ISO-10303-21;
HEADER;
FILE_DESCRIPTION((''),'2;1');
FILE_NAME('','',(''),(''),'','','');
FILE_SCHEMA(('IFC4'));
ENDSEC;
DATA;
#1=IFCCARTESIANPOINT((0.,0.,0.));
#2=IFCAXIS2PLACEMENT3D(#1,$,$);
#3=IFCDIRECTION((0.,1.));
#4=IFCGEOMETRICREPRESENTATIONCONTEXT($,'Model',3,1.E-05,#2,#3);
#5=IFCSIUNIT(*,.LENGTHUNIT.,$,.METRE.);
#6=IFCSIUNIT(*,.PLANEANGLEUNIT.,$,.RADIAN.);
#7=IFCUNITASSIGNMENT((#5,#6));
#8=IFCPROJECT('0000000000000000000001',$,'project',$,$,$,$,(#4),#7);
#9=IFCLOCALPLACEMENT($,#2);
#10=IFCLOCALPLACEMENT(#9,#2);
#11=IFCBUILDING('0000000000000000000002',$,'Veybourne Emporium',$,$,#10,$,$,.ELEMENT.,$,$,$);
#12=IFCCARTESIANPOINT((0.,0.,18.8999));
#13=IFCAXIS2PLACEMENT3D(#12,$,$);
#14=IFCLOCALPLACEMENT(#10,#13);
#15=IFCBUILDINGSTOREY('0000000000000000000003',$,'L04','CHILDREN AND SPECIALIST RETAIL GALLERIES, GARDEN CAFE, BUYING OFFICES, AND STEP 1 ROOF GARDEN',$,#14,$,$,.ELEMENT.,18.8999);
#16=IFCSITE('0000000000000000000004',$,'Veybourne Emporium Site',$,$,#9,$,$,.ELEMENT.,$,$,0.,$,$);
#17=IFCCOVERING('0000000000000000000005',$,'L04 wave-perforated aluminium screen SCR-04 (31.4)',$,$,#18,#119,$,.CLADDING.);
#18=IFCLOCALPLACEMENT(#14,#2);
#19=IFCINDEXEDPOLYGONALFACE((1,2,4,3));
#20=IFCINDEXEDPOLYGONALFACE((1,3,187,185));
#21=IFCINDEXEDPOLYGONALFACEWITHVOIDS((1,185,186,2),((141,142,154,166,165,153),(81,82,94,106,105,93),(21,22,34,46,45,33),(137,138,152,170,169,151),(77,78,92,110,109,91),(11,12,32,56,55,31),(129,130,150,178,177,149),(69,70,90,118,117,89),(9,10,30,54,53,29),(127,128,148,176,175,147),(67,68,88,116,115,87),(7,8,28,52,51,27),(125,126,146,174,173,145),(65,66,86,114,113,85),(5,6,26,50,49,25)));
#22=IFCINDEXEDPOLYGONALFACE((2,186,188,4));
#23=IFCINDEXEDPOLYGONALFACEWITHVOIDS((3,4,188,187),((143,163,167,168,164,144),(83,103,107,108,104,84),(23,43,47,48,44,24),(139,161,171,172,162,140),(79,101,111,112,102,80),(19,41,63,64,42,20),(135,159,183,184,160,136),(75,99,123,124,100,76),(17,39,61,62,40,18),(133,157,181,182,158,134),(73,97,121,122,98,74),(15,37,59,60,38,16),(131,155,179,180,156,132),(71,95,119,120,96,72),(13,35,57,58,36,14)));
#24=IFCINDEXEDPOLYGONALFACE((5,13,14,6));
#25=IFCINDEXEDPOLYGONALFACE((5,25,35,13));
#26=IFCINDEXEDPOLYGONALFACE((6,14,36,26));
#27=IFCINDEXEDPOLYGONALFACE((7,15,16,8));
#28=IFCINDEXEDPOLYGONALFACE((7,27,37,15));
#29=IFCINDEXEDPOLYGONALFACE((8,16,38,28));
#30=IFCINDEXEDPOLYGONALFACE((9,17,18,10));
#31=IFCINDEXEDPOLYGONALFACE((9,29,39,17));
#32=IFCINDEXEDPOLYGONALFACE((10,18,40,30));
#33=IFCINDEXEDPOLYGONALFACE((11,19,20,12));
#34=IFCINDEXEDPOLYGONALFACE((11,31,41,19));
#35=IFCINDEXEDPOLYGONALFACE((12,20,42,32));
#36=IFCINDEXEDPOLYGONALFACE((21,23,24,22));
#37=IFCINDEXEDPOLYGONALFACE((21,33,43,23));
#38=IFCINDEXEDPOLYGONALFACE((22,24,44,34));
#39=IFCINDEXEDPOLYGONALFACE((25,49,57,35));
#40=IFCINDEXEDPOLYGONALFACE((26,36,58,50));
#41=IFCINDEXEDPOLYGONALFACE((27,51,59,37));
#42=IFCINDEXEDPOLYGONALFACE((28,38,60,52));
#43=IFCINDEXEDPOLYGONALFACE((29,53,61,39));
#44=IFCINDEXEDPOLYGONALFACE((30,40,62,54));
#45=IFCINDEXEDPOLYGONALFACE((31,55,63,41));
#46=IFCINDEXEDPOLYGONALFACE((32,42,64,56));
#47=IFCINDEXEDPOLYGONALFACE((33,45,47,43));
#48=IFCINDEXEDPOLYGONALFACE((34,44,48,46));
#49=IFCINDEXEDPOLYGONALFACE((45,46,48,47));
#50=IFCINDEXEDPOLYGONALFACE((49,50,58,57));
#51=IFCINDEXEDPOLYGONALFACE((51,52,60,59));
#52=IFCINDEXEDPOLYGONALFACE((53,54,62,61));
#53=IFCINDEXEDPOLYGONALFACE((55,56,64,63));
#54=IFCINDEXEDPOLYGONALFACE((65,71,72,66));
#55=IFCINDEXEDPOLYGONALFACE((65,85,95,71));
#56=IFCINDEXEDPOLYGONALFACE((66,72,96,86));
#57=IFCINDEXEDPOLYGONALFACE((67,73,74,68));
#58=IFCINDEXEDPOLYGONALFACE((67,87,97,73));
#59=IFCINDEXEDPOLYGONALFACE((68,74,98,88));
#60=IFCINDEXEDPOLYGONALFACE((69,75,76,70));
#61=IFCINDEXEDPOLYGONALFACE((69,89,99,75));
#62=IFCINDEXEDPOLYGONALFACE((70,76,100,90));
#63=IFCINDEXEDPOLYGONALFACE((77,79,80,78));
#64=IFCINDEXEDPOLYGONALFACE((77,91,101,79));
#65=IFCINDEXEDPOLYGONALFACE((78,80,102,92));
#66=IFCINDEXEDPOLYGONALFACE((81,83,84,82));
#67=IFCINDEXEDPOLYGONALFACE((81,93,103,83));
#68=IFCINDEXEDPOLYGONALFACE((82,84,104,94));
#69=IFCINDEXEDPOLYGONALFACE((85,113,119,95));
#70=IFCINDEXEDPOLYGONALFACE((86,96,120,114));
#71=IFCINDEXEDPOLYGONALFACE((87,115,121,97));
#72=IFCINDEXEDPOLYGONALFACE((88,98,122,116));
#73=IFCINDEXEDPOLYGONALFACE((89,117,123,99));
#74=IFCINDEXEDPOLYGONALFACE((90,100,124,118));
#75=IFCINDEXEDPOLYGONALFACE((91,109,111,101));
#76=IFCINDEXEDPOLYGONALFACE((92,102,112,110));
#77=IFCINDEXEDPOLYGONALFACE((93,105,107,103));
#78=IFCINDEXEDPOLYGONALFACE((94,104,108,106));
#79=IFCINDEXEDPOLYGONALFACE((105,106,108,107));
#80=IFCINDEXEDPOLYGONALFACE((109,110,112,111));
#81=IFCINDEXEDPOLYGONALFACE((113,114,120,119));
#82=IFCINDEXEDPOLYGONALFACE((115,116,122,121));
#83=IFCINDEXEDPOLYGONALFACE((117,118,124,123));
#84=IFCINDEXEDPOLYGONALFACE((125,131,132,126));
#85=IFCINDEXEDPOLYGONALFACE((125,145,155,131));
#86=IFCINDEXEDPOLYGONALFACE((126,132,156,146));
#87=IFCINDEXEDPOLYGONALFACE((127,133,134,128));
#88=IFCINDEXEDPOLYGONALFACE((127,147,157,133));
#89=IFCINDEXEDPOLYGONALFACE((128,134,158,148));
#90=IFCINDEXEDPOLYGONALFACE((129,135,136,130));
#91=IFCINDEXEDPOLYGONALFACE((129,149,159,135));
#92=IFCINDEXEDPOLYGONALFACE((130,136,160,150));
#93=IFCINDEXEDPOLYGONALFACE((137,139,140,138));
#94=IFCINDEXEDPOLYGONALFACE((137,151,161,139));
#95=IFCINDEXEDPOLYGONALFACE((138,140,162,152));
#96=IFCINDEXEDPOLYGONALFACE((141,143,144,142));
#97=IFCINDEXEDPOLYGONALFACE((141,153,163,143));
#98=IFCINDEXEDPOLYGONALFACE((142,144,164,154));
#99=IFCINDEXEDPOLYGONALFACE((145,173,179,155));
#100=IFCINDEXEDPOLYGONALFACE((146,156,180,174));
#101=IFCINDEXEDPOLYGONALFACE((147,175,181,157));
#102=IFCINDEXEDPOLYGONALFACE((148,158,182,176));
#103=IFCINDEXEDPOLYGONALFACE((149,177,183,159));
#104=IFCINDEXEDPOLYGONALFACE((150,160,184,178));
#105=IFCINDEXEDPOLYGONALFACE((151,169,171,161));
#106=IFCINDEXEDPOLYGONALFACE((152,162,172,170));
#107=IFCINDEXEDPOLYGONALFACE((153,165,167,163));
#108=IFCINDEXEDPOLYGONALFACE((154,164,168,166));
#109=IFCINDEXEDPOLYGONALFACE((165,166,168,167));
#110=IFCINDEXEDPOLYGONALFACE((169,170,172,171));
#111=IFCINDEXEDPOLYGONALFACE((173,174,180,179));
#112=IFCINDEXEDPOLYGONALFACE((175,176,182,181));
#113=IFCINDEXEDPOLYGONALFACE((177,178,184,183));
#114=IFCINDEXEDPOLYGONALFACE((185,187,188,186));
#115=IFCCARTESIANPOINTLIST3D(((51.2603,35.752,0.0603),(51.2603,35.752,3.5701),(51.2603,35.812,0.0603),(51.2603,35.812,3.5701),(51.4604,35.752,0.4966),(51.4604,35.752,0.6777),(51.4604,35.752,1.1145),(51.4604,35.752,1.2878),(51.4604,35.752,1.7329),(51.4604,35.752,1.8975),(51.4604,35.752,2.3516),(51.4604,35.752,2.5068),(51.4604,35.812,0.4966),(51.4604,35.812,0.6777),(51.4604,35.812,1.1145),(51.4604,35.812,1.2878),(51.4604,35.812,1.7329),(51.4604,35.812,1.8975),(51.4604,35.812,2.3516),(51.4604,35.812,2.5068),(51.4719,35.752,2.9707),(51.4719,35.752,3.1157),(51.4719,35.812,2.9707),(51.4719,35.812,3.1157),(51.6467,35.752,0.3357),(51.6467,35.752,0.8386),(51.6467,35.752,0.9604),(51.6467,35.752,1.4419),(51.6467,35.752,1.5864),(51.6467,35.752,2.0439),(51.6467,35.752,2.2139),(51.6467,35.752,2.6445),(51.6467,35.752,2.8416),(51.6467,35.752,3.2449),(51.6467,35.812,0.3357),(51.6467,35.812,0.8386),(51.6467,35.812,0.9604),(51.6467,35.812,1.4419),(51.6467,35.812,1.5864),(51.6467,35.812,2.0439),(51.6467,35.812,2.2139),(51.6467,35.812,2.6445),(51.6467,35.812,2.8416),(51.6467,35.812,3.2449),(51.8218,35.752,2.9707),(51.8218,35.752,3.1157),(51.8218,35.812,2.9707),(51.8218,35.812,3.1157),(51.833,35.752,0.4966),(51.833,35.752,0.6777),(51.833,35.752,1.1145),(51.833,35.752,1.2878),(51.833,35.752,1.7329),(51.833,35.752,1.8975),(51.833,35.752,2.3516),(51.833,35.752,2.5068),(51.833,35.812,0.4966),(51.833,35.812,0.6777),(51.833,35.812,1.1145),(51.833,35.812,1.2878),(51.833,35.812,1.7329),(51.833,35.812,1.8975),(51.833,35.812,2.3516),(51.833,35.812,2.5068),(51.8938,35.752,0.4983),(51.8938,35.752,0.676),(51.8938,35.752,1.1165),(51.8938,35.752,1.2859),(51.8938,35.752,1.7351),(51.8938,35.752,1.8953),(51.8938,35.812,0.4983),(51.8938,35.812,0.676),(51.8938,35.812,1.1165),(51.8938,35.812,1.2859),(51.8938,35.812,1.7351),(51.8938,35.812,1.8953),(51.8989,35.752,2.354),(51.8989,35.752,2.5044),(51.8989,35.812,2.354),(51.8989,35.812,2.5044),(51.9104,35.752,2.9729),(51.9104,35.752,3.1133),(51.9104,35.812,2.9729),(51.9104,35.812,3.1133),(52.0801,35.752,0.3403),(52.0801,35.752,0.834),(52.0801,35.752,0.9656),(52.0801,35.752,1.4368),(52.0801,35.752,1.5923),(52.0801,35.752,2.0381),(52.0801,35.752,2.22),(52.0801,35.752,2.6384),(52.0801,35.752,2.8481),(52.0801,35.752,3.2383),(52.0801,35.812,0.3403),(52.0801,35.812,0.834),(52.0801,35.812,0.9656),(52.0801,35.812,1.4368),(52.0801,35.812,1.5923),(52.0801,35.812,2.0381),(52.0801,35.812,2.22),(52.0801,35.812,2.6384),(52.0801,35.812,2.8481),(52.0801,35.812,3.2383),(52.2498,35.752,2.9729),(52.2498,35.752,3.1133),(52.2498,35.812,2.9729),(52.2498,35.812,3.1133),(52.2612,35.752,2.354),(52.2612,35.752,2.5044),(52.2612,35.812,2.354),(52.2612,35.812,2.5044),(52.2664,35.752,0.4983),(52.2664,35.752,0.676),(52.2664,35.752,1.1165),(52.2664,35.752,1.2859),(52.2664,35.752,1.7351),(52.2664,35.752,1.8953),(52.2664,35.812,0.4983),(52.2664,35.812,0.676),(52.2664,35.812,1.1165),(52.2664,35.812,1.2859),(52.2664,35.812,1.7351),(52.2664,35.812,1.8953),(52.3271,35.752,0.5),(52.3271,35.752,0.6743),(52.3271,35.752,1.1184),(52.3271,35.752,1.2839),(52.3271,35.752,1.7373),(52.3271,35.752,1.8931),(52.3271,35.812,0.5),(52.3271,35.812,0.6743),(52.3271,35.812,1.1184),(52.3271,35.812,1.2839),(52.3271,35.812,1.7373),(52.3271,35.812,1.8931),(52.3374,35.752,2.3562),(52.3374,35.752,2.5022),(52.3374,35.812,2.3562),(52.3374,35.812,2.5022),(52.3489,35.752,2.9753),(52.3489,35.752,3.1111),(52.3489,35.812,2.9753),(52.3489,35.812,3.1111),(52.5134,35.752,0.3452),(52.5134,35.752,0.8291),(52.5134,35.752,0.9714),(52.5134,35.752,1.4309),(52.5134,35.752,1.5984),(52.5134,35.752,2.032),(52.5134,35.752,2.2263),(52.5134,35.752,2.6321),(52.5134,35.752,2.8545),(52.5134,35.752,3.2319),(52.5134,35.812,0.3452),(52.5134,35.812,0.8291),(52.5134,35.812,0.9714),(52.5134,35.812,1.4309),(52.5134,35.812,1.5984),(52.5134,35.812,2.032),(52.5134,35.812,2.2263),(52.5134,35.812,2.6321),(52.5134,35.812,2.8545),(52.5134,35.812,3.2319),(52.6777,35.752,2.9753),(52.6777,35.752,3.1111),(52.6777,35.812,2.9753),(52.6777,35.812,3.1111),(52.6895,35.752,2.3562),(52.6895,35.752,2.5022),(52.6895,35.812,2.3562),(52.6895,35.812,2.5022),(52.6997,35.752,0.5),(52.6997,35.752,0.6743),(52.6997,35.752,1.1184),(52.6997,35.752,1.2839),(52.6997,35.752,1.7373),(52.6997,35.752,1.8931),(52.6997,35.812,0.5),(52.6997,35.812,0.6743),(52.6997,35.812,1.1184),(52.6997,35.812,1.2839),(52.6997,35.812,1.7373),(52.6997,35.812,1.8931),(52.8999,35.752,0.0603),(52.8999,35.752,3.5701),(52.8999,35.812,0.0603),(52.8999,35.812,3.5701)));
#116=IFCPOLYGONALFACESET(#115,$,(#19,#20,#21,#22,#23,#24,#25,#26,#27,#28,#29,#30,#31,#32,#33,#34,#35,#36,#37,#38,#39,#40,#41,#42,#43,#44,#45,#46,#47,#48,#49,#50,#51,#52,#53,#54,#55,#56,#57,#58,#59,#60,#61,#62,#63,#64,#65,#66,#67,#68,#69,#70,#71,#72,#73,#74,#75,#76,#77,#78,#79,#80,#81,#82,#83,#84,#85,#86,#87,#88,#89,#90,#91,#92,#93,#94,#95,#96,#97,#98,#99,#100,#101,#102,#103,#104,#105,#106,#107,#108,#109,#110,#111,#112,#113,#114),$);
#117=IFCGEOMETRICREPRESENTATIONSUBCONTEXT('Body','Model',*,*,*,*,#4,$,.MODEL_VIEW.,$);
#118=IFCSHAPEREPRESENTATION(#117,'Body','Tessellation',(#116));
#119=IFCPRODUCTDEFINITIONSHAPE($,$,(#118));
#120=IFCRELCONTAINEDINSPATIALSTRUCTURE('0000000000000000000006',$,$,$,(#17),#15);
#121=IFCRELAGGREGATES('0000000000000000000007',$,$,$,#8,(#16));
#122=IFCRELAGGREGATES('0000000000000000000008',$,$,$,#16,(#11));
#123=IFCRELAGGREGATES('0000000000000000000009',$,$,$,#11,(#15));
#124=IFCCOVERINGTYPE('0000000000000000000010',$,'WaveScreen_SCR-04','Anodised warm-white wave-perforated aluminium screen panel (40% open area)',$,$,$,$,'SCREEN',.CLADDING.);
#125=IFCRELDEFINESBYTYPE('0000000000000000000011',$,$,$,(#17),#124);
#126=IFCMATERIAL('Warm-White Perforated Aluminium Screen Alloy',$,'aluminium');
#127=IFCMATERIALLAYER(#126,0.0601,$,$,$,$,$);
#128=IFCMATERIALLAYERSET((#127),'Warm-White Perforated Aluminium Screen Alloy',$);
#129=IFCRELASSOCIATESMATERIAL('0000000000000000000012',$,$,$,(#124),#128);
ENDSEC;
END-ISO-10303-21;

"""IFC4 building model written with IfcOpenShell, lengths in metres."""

from ifc_helpers import new_model, si_unit, direction, frame, origin, place, context, subcontext, project, spatial, polyline, outline, extrude, material, layer, layer_set, type_object, element, save


model = new_model("IFC4")

# Units and contexts
model_context = context("Model", 3, precision=1e-05, world=origin(), true_north=direction((0.0, 1.0)))
body_context = subcontext(model_context, "Body", "Model", "MODEL_VIEW")
ifc_project = project(units=[si_unit("LENGTHUNIT", "METRE"), si_unit("PLANEANGLEUNIT", "RADIAN")], contexts=[model_context])

# Site, building, storey
site_placement = place(None, origin())
site = spatial("IfcSite", under=ifc_project, at=site_placement, Name="Veybourne Emporium Site", CompositionType="ELEMENT", RefElevation=0.0)
building_placement = place(site_placement, origin())
building = spatial("IfcBuilding", under=site, at=building_placement, Name="Veybourne Emporium", CompositionType="ELEMENT")
storey_placement = place(building_placement, frame((0.0, 0.0, 18.8999)))
storey = spatial("IfcBuildingStorey", under=building, at=storey_placement, Name="L04", Description="CHILDREN AND SPECIALIST RETAIL GALLERIES, GARDEN CAFE, BUYING OFFICES, AND STEP 1 ROOF GARDEN", CompositionType="ELEMENT", Elevation=18.8999)

# Covering
ifc_material_1 = material(Name="Warm-White Perforated Aluminium Screen Alloy", Category="aluminium")
ifc_layer_1 = layer(ifc_material_1, 0.0601)
ifc_layer_set_1 = layer_set([ifc_layer_1], Name="Warm-White Perforated Aluminium Screen Alloy")
covering_type_1 = type_object("IfcCoveringType", Name="WaveScreen_SCR-04", Description="Anodised warm-white wave-perforated aluminium screen panel (40% open area)", ElementType="SCREEN", PredefinedType="CLADDING", material=ifc_layer_set_1)
covering_1_placement = place(storey_placement, frame((52.0801, 35.752, 1.8152), z_axis=(0.0, 1.0, 0.0), x_axis=(-1.0, 0.0, 0.0)))
element("IfcCovering", 1, at=covering_1_placement, inside=storey, type_object=covering_type_1, Name="L04 wave-perforated aluminium screen SCR-04 (31.4)", PredefinedType="CLADDING", context=body_context, shape_type="SweptSolid", body=[
    extrude(outline(polyline([(-0.8198, -1.7549), (0.8198, -1.7549), (0.8198, 1.7549), (-0.8198, 1.7549), (-0.8198, -1.7549)]), holes=[polyline([(-0.4333, -0.9861), (-0.2471, -1.1409), (-0.2471, -1.3152), (-0.4333, -1.47), (-0.6196, -1.3152), (-0.6196, -1.1409), (-0.4333, -0.9861)]), polyline([(-0.4333, -0.3843), (-0.2471, -0.5312), (-0.2471, -0.6968), (-0.4333, -0.8438), (-0.6196, -0.6968), (-0.6196, -0.5312), (-0.4333, -0.3843)]), polyline([(-0.4333, 0.2168), (-0.2471, 0.0779), (-0.2471, -0.0779), (-0.4333, -0.2168), (-0.6196, -0.0779), (-0.6196, 0.0779), (-0.4333, 0.2168)]), polyline([(-0.4333, 0.8169), (-0.2573, 0.687), (-0.2573, 0.541), (-0.4333, 0.4111), (-0.6094, 0.541), (-0.6094, 0.687), (-0.4333, 0.8169)]), polyline([(-0.4333, 1.4167), (-0.2688, 1.2959), (-0.2688, 1.1602), (-0.4333, 1.0393), (-0.5977, 1.1602), (-0.5977, 1.2959), (-0.4333, 1.4167)]), polyline([(0.0, -0.9812), (0.1863, -1.1392), (0.1863, -1.3169), (0.0, -1.4749), (-0.1863, -1.3169), (-0.1863, -1.1392), (0.0, -0.9812)]), polyline([(0.0, -0.3784), (0.1863, -0.5293), (0.1863, -0.6987), (0.0, -0.8496), (-0.1863, -0.6987), (-0.1863, -0.5293), (0.0, -0.3784)]), polyline([(0.0, 0.2229), (0.1863, 0.0801), (0.1863, -0.0801), (0.0, -0.2229), (-0.1863, -0.0801), (-0.1863, 0.0801), (0.0, 0.2229)]), polyline([(0.0, 0.8232), (0.1812, 0.6892), (0.1812, 0.5388), (0.0, 0.4048), (-0.1812, 0.5388), (-0.1812, 0.6892), (0.0, 0.8232)]), polyline([(0.0, 1.4231), (0.1697, 1.2981), (0.1697, 1.1577), (0.0, 1.033), (-0.1697, 1.1577), (-0.1697, 1.2981), (0.0, 1.4231)]), polyline([(0.4333, -0.9766), (0.6196, -1.1375), (0.6196, -1.3186), (0.4333, -1.4795), (0.2471, -1.3186), (0.2471, -1.1375), (0.4333, -0.9766)]), polyline([(0.4333, -0.3733), (0.6196, -0.5273), (0.6196, -0.7007), (0.4333, -0.8547), (0.2471, -0.7007), (0.2471, -0.5273), (0.4333, -0.3733)]), polyline([(0.4333, 0.2288), (0.6196, 0.0823), (0.6196, -0.0823), (0.4333, -0.2288), (0.2471, -0.0823), (0.2471, 0.0823), (0.4333, 0.2288)]), polyline([(0.4333, 0.8293), (0.6196, 0.6917), (0.6196, 0.5364), (0.4333, 0.3987), (0.2471, 0.5364), (0.2471, 0.6917), (0.4333, 0.8293)]), polyline([(0.4333, 1.4297), (0.6082, 1.3005), (0.6082, 1.1555), (0.4333, 1.0264), (0.2583, 1.1555), (0.2583, 1.3005), (0.4333, 1.4297)])]), origin(), (0.0, 0.0, 1.0), 0.0601),
])

save(model, "model.ifc")
